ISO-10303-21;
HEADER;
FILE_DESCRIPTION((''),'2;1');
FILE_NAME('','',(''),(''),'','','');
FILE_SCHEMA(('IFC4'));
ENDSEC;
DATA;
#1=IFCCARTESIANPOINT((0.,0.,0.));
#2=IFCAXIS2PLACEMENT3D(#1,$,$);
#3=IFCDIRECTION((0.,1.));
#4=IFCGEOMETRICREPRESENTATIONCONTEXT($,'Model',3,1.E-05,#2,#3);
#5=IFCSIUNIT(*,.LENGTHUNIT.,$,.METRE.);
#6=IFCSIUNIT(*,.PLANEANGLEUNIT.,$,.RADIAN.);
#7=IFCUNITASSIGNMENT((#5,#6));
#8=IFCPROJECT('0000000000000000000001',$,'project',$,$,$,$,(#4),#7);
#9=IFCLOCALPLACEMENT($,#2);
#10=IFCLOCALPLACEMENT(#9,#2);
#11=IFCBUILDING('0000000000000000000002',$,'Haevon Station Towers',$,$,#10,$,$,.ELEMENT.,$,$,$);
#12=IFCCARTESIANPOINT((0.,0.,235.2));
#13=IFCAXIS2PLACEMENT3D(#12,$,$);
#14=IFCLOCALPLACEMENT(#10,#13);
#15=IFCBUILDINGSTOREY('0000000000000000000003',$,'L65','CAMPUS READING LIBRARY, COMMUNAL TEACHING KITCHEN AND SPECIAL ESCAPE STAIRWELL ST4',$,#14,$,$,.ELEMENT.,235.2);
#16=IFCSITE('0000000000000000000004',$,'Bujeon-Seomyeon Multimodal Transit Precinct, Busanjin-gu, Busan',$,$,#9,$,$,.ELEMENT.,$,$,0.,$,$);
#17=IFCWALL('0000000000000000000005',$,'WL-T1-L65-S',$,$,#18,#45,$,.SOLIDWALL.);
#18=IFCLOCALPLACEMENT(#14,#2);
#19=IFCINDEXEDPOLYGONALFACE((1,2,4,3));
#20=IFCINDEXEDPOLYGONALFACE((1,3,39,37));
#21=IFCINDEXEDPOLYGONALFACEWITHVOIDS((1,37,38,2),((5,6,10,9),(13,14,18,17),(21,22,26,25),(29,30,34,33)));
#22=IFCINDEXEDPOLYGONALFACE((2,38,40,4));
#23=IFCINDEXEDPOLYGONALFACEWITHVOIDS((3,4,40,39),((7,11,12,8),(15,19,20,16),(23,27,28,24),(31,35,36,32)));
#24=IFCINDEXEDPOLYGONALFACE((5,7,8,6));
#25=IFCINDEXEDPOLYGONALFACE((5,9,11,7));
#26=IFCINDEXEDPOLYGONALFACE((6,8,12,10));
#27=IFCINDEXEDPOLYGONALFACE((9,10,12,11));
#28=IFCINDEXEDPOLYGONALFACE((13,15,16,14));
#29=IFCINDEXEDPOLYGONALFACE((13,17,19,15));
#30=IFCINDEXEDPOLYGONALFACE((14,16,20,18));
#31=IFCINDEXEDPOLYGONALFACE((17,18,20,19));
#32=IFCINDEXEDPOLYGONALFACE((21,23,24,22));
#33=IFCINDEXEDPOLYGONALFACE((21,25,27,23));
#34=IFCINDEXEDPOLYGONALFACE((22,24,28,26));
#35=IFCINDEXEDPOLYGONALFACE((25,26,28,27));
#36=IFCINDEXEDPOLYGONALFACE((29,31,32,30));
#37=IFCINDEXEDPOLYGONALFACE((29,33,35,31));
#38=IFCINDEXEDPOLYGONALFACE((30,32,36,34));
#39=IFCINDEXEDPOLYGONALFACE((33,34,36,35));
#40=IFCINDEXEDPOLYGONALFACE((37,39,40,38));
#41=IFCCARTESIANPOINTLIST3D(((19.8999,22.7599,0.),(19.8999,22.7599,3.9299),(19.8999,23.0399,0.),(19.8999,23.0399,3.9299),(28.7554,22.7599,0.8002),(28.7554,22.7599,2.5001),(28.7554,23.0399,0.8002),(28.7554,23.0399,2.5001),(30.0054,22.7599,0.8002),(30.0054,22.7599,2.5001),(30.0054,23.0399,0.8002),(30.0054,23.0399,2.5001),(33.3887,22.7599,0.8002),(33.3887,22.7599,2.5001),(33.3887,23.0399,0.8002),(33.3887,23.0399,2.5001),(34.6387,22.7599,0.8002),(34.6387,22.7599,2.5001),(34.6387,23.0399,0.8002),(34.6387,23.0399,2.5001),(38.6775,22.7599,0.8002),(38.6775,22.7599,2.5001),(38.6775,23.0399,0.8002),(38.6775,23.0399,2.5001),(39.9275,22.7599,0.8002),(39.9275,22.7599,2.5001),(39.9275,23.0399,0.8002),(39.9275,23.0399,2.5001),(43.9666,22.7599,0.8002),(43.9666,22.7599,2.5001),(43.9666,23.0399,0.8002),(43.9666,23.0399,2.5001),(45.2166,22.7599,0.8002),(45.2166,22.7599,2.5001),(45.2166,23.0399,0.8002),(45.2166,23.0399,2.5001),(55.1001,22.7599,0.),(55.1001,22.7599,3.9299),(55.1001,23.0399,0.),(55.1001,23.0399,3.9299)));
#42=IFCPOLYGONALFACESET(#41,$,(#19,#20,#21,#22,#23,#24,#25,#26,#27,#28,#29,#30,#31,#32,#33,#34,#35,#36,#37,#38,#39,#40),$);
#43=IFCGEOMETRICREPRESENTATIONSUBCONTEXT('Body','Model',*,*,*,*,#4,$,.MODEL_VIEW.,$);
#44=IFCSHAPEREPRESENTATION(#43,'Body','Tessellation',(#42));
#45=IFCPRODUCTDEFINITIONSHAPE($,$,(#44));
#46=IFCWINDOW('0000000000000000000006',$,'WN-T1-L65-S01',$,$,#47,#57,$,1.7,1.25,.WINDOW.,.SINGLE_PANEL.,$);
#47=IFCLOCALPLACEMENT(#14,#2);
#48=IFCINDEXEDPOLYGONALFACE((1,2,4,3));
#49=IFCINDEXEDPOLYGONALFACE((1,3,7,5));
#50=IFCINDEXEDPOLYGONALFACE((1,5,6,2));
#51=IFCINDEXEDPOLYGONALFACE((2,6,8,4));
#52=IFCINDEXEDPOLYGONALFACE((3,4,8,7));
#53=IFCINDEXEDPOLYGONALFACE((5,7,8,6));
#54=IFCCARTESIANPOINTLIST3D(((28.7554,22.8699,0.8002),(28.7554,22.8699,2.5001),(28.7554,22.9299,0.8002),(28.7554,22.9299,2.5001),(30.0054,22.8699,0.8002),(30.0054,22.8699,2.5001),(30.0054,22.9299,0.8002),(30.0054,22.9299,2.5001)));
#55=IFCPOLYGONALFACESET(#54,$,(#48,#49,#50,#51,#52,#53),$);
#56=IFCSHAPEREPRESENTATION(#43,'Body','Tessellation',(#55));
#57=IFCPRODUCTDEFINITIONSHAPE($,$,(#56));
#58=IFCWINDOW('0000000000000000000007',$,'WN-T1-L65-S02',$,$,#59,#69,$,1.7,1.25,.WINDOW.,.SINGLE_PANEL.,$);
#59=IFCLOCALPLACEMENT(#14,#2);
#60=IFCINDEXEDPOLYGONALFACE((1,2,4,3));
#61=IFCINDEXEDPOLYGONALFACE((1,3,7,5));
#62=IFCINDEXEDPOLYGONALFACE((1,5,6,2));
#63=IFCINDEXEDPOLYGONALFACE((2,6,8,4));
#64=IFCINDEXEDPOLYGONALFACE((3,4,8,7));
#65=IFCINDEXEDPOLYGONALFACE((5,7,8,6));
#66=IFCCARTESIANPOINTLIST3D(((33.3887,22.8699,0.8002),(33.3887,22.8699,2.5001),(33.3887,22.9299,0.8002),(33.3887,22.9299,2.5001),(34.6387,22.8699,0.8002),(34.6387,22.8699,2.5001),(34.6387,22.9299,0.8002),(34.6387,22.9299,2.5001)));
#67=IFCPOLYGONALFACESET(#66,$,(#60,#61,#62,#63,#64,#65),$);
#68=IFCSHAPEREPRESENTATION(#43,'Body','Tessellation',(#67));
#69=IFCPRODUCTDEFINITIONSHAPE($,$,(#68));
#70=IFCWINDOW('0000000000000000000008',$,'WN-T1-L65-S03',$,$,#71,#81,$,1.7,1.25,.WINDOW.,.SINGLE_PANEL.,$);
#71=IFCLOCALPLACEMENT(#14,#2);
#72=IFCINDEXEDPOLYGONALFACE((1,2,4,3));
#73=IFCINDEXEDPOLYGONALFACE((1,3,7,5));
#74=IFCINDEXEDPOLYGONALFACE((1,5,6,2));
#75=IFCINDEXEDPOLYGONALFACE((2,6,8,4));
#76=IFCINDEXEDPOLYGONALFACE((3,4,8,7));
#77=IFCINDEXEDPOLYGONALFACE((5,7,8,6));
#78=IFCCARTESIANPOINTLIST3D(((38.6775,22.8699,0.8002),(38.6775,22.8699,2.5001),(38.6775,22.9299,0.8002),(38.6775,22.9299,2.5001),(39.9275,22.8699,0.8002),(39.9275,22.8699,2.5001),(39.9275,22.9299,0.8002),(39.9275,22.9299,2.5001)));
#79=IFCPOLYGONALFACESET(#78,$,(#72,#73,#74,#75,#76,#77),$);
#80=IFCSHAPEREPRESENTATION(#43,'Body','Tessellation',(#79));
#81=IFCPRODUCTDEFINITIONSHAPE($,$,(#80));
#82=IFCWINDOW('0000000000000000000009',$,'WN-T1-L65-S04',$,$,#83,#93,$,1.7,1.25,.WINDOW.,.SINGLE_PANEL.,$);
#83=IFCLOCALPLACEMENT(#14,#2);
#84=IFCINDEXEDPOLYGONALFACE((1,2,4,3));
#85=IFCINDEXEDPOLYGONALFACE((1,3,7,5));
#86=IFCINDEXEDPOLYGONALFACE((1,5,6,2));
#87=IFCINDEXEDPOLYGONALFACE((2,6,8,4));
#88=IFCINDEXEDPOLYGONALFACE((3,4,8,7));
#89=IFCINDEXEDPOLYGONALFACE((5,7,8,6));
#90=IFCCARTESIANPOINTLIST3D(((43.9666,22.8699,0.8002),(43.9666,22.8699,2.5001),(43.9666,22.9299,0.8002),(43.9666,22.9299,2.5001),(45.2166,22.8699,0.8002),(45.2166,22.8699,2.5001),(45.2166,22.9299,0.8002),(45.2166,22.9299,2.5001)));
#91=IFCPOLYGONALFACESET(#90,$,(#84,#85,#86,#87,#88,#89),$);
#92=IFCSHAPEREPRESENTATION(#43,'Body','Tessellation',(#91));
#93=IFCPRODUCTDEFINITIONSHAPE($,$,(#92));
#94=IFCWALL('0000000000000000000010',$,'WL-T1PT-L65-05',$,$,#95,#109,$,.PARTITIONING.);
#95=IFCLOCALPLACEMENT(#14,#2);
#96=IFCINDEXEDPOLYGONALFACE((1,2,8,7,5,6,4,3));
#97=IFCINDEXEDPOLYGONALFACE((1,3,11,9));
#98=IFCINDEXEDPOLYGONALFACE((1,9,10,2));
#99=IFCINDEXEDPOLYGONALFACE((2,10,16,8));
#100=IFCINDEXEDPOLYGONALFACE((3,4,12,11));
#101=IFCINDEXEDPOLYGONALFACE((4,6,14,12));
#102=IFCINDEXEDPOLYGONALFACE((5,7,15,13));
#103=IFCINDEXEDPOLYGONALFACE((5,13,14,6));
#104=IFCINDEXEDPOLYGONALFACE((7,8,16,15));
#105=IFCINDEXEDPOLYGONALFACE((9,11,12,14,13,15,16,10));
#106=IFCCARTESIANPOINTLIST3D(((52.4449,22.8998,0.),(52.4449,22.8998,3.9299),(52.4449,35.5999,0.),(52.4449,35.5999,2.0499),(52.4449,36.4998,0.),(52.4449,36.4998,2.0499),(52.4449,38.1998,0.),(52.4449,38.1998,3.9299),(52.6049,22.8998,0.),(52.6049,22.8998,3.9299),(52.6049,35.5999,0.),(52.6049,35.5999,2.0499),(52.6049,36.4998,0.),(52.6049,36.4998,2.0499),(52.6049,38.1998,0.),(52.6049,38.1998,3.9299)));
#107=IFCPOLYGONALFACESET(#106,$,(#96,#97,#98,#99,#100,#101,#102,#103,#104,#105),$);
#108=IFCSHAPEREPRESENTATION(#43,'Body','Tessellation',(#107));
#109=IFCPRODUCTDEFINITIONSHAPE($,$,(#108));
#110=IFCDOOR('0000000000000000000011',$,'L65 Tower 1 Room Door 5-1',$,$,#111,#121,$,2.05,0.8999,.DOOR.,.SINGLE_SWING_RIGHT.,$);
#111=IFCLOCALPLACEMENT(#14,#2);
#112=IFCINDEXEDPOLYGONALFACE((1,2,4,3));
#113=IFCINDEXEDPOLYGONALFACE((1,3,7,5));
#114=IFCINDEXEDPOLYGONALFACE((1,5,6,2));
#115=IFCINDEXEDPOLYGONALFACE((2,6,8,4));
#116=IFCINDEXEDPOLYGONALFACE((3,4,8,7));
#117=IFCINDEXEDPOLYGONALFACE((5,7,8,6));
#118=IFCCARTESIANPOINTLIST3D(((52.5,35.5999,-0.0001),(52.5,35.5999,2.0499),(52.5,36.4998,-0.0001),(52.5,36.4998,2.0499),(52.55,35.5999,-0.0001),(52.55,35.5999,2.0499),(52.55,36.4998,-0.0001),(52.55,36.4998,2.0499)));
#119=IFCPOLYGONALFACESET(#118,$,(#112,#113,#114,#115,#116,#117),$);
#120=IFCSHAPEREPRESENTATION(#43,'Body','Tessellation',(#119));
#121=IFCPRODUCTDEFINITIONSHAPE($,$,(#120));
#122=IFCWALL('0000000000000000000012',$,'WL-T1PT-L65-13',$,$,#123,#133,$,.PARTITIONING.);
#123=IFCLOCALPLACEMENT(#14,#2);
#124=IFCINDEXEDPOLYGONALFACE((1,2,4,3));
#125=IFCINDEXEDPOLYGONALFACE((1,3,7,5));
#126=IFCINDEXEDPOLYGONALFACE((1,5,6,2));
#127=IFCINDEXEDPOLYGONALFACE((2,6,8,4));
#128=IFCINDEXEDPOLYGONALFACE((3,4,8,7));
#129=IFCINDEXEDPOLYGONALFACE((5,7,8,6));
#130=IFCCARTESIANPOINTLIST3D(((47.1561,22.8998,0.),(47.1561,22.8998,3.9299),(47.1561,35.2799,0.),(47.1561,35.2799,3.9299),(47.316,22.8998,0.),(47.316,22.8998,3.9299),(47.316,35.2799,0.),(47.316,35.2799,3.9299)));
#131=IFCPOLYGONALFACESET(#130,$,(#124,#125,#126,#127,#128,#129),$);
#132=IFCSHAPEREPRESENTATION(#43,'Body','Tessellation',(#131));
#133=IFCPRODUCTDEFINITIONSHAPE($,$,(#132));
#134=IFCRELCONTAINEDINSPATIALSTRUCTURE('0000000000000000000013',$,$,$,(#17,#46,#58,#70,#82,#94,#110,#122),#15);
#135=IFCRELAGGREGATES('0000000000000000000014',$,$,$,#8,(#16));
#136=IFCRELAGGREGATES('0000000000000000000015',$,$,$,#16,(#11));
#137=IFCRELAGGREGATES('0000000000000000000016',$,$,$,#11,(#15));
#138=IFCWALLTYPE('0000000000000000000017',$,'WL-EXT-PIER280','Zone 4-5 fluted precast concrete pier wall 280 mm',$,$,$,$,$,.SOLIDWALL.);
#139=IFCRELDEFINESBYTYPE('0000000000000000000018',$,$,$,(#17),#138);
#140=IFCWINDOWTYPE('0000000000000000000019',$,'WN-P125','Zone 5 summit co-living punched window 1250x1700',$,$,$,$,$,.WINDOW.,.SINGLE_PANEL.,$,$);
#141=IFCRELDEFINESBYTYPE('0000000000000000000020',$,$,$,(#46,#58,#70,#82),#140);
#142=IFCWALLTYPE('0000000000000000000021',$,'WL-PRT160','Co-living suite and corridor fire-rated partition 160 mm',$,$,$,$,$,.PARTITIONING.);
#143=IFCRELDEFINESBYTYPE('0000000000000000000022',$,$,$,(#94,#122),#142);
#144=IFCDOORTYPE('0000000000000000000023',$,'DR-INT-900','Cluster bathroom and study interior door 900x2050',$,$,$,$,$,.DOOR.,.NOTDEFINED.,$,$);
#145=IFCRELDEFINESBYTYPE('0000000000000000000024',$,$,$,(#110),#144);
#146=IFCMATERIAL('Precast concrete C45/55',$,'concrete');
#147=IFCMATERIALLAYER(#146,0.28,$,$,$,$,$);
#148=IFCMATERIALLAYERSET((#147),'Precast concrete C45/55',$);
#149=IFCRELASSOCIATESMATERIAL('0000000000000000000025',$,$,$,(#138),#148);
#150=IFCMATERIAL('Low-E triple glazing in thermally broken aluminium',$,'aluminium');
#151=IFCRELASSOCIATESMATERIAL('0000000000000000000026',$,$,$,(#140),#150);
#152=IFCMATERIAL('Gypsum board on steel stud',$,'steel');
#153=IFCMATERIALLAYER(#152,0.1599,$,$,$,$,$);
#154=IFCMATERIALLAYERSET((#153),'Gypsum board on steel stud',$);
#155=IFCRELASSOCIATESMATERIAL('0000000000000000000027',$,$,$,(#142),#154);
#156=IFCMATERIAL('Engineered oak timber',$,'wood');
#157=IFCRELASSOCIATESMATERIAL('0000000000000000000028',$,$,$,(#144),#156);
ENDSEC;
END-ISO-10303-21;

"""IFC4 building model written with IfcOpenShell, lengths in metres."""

from ifc_helpers import new_model, si_unit, direction, frame, frame_2d, origin, place, context, subcontext, project, spatial, rectangle, extrude, material, layer, layer_set, type_object, element, fill, save


model = new_model("IFC4")

# Units and contexts
model_context = context("Model", 3, precision=1e-05, world=origin(), true_north=direction((0.0, 1.0)))
body_context = subcontext(model_context, "Body", "Model", "MODEL_VIEW")
ifc_project = project(units=[si_unit("LENGTHUNIT", "METRE"), si_unit("PLANEANGLEUNIT", "RADIAN")], contexts=[model_context])

# Site, building, storey
site_placement = place(None, origin())
site = spatial("IfcSite", under=ifc_project, at=site_placement, Name="Bujeon-Seomyeon Multimodal Transit Precinct, Busanjin-gu, Busan", CompositionType="ELEMENT", RefElevation=0.0)
building_placement = place(site_placement, origin())
building = spatial("IfcBuilding", under=site, at=building_placement, Name="Haevon Station Towers", CompositionType="ELEMENT")
storey_placement = place(building_placement, frame((0.0, 0.0, 235.2)))
storey = spatial("IfcBuildingStorey", under=building, at=storey_placement, Name="L65", Description="CAMPUS READING LIBRARY, COMMUNAL TEACHING KITCHEN AND SPECIAL ESCAPE STAIRWELL ST4", CompositionType="ELEMENT", Elevation=235.2)

# Wall, openings, windows
ifc_material_1 = material(Name="Precast concrete C45/55", Category="concrete")
ifc_layer_1 = layer(ifc_material_1, 0.28)
ifc_layer_set_1 = layer_set([ifc_layer_1], Name="Precast concrete C45/55")
wall_type_1 = type_object("IfcWallType", Name="WL-EXT-PIER280", Description="Zone 4-5 fluted precast concrete pier wall 280 mm", PredefinedType="SOLIDWALL", material=ifc_layer_set_1)
wall_1_placement = place(storey_placement, frame((55.1001, 22.8999, 0.0), z_axis=(0.0, 0.0, 1.0), x_axis=(-1.0, 0.0, 0.0)))
wall_1 = element("IfcWall", 1, at=wall_1_placement, inside=storey, type_object=wall_type_1, Name="WL-T1-L65-S", PredefinedType="SOLIDWALL", context=body_context, shape_type="SweptSolid", body=[
    extrude(rectangle(XDim=35.2002, YDim=0.28, at=frame_2d((17.6001, 0.0))), origin(), (0.0, 0.0, 1.0), 3.9299),
])
opening_1_placement = place(wall_1_placement, frame((25.0947, 0.0, 0.8)))
opening_1 = element("IfcOpeningElement", 2, at=opening_1_placement, cuts=wall_1, PredefinedType="OPENING", context=body_context, shape_type="SweptSolid", body=[
    extrude(rectangle(XDim=1.25, YDim=1.7, at=frame_2d((0.625, 0.8501))), frame((0.0, 0.1499, 0.0), z_axis=(0.0, -1.0, 0.0), x_axis=(1.0, 0.0, 0.0)), (0.0, 0.0, 1.0), 0.3),
])
opening_2_placement = place(wall_1_placement, frame((20.4614, 0.0, 0.8)))
opening_2 = element("IfcOpeningElement", 3, at=opening_2_placement, cuts=wall_1, PredefinedType="OPENING", context=body_context, shape_type="SweptSolid", body=[
    extrude(rectangle(XDim=1.25, YDim=1.7, at=frame_2d((0.625, 0.8501))), frame((0.0, 0.1499, 0.0), z_axis=(0.0, -1.0, 0.0), x_axis=(1.0, 0.0, 0.0)), (0.0, 0.0, 1.0), 0.3),
])
opening_3_placement = place(wall_1_placement, frame((15.1726, 0.0, 0.8)))
opening_3 = element("IfcOpeningElement", 4, at=opening_3_placement, cuts=wall_1, PredefinedType="OPENING", context=body_context, shape_type="SweptSolid", body=[
    extrude(rectangle(XDim=1.25, YDim=1.7, at=frame_2d((0.625, 0.8501))), frame((0.0, 0.1499, 0.0), z_axis=(0.0, -1.0, 0.0), x_axis=(1.0, 0.0, 0.0)), (0.0, 0.0, 1.0), 0.3),
])
opening_4_placement = place(wall_1_placement, frame((9.8835, 0.0, 0.8)))
opening_4 = element("IfcOpeningElement", 5, at=opening_4_placement, cuts=wall_1, PredefinedType="OPENING", context=body_context, shape_type="SweptSolid", body=[
    extrude(rectangle(XDim=1.25, YDim=1.7, at=frame_2d((0.625, 0.8501))), frame((0.0, 0.1499, 0.0), z_axis=(0.0, -1.0, 0.0), x_axis=(1.0, 0.0, 0.0)), (0.0, 0.0, 1.0), 0.3),
])
ifc_material_2 = material(Name="Low-E triple glazing in thermally broken aluminium", Category="aluminium")
window_type = type_object("IfcWindowType", Name="WN-P125", Description="Zone 5 summit co-living punched window 1250x1700", PartitioningType="SINGLE_PANEL", PredefinedType="WINDOW", material=ifc_material_2)
window_1_placement = place(opening_1_placement, origin())
window_1 = element("IfcWindow", 6, at=window_1_placement, inside=storey, type_object=window_type, Name="WN-T1-L65-S01", OverallHeight=1.7, OverallWidth=1.25, PartitioningType="SINGLE_PANEL", PredefinedType="WINDOW", context=body_context, shape_type="SweptSolid", body=[
    extrude(rectangle(XDim=1.25, YDim=1.7, at=frame_2d((0.625, 0.8501))), frame((0.0, 0.03, 0.0), z_axis=(0.0, -1.0, 0.0), x_axis=(1.0, 0.0, 0.0)), (0.0, 0.0, 1.0), 0.0601),
])
fill(opening_1, window_1)
window_2_placement = place(opening_2_placement, origin())
window_2 = element("IfcWindow", 7, at=window_2_placement, inside=storey, type_object=window_type, Name="WN-T1-L65-S02", OverallHeight=1.7, OverallWidth=1.25, PartitioningType="SINGLE_PANEL", PredefinedType="WINDOW", context=body_context, shape_type="SweptSolid", body=[
    extrude(rectangle(XDim=1.25, YDim=1.7, at=frame_2d((0.625, 0.8501))), frame((0.0, 0.03, 0.0), z_axis=(0.0, -1.0, 0.0), x_axis=(1.0, 0.0, 0.0)), (0.0, 0.0, 1.0), 0.0601),
])
fill(opening_2, window_2)
window_3_placement = place(opening_3_placement, origin())
window_3 = element("IfcWindow", 8, at=window_3_placement, inside=storey, type_object=window_type, Name="WN-T1-L65-S03", OverallHeight=1.7, OverallWidth=1.25, PartitioningType="SINGLE_PANEL", PredefinedType="WINDOW", context=body_context, shape_type="SweptSolid", body=[
    extrude(rectangle(XDim=1.25, YDim=1.7, at=frame_2d((0.625, 0.8501))), frame((0.0, 0.03, 0.0), z_axis=(0.0, -1.0, 0.0), x_axis=(1.0, 0.0, 0.0)), (0.0, 0.0, 1.0), 0.0601),
])
fill(opening_3, window_3)
window_4_placement = place(opening_4_placement, origin())
window_4 = element("IfcWindow", 9, at=window_4_placement, inside=storey, type_object=window_type, Name="WN-T1-L65-S04", OverallHeight=1.7, OverallWidth=1.25, PartitioningType="SINGLE_PANEL", PredefinedType="WINDOW", context=body_context, shape_type="SweptSolid", body=[
    extrude(rectangle(XDim=1.25, YDim=1.7, at=frame_2d((0.625, 0.8501))), frame((0.0, 0.03, 0.0), z_axis=(0.0, -1.0, 0.0), x_axis=(1.0, 0.0, 0.0)), (0.0, 0.0, 1.0), 0.0601),
])
fill(opening_4, window_4)

# Wall, opening, door
ifc_material_3 = material(Name="Gypsum board on steel stud", Category="steel")
ifc_layer_2 = layer(ifc_material_3, 0.1599)
ifc_layer_set_2 = layer_set([ifc_layer_2], Name="Gypsum board on steel stud")
wall_type_2 = type_object("IfcWallType", Name="WL-PRT160", Description="Co-living suite and corridor fire-rated partition 160 mm", PredefinedType="PARTITIONING", material=ifc_layer_set_2)
wall_2_placement = place(storey_placement, frame((52.5249, 22.8999, 0.0), z_axis=(0.0, 0.0, 1.0), x_axis=(0.0, 1.0, 0.0)))
wall_2 = element("IfcWall", 10, at=wall_2_placement, inside=storey, type_object=wall_type_2, Name="WL-T1PT-L65-05", PredefinedType="PARTITIONING", context=body_context, shape_type="SweptSolid", body=[
    extrude(rectangle(XDim=15.3, YDim=0.1599, at=frame_2d((7.6499, 0.0))), origin(), (0.0, 0.0, 1.0), 3.9299),
])
opening_5_placement = place(wall_2_placement, frame((12.7, 0.0, 0.0)))
opening_5 = element("IfcOpeningElement", 11, at=opening_5_placement, cuts=wall_2, PredefinedType="OPENING", context=body_context, shape_type="SweptSolid", body=[
    extrude(rectangle(XDim=0.8999, YDim=2.05, at=frame_2d((0.45, 1.0249))), frame((0.0, 0.0898, 0.0), z_axis=(0.0, -1.0, 0.0), x_axis=(1.0, 0.0, 0.0)), (0.0, 0.0, 1.0), 0.1799),
])
ifc_material_4 = material(Name="Engineered oak timber", Category="wood")
door_type = type_object("IfcDoorType", Name="DR-INT-900", Description="Cluster bathroom and study interior door 900x2050", OperationType="NOTDEFINED", PredefinedType="DOOR", material=ifc_material_4)
door_placement = place(opening_5_placement, origin())
door = element("IfcDoor", 12, at=door_placement, inside=storey, type_object=door_type, Name="L65 Tower 1 Room Door 5-1", OperationType="SINGLE_SWING_RIGHT", OverallHeight=2.05, OverallWidth=0.8999, PredefinedType="DOOR", context=body_context, shape_type="SweptSolid", body=[
    extrude(rectangle(XDim=0.8999, YDim=2.05, at=frame_2d((0.45, 1.0249))), frame((0.0, 0.0249, 0.0), z_axis=(0.0, -1.0, 0.0), x_axis=(1.0, 0.0, 0.0)), (0.0, 0.0, 1.0), 0.05),
])
fill(opening_5, door)

# Wall
wall_3_placement = place(storey_placement, frame((47.2361, 22.8999, 0.0), z_axis=(0.0, 0.0, 1.0), x_axis=(0.0, 1.0, 0.0)))
element("IfcWall", 13, at=wall_3_placement, inside=storey, type_object=wall_type_2, Name="WL-T1PT-L65-13", PredefinedType="PARTITIONING", context=body_context, shape_type="SweptSolid", body=[
    extrude(rectangle(XDim=12.3801, YDim=0.1599, at=frame_2d((6.1899, 0.0))), origin(), (0.0, 0.0, 1.0), 3.9299),
])

save(model, "model.ifc")
